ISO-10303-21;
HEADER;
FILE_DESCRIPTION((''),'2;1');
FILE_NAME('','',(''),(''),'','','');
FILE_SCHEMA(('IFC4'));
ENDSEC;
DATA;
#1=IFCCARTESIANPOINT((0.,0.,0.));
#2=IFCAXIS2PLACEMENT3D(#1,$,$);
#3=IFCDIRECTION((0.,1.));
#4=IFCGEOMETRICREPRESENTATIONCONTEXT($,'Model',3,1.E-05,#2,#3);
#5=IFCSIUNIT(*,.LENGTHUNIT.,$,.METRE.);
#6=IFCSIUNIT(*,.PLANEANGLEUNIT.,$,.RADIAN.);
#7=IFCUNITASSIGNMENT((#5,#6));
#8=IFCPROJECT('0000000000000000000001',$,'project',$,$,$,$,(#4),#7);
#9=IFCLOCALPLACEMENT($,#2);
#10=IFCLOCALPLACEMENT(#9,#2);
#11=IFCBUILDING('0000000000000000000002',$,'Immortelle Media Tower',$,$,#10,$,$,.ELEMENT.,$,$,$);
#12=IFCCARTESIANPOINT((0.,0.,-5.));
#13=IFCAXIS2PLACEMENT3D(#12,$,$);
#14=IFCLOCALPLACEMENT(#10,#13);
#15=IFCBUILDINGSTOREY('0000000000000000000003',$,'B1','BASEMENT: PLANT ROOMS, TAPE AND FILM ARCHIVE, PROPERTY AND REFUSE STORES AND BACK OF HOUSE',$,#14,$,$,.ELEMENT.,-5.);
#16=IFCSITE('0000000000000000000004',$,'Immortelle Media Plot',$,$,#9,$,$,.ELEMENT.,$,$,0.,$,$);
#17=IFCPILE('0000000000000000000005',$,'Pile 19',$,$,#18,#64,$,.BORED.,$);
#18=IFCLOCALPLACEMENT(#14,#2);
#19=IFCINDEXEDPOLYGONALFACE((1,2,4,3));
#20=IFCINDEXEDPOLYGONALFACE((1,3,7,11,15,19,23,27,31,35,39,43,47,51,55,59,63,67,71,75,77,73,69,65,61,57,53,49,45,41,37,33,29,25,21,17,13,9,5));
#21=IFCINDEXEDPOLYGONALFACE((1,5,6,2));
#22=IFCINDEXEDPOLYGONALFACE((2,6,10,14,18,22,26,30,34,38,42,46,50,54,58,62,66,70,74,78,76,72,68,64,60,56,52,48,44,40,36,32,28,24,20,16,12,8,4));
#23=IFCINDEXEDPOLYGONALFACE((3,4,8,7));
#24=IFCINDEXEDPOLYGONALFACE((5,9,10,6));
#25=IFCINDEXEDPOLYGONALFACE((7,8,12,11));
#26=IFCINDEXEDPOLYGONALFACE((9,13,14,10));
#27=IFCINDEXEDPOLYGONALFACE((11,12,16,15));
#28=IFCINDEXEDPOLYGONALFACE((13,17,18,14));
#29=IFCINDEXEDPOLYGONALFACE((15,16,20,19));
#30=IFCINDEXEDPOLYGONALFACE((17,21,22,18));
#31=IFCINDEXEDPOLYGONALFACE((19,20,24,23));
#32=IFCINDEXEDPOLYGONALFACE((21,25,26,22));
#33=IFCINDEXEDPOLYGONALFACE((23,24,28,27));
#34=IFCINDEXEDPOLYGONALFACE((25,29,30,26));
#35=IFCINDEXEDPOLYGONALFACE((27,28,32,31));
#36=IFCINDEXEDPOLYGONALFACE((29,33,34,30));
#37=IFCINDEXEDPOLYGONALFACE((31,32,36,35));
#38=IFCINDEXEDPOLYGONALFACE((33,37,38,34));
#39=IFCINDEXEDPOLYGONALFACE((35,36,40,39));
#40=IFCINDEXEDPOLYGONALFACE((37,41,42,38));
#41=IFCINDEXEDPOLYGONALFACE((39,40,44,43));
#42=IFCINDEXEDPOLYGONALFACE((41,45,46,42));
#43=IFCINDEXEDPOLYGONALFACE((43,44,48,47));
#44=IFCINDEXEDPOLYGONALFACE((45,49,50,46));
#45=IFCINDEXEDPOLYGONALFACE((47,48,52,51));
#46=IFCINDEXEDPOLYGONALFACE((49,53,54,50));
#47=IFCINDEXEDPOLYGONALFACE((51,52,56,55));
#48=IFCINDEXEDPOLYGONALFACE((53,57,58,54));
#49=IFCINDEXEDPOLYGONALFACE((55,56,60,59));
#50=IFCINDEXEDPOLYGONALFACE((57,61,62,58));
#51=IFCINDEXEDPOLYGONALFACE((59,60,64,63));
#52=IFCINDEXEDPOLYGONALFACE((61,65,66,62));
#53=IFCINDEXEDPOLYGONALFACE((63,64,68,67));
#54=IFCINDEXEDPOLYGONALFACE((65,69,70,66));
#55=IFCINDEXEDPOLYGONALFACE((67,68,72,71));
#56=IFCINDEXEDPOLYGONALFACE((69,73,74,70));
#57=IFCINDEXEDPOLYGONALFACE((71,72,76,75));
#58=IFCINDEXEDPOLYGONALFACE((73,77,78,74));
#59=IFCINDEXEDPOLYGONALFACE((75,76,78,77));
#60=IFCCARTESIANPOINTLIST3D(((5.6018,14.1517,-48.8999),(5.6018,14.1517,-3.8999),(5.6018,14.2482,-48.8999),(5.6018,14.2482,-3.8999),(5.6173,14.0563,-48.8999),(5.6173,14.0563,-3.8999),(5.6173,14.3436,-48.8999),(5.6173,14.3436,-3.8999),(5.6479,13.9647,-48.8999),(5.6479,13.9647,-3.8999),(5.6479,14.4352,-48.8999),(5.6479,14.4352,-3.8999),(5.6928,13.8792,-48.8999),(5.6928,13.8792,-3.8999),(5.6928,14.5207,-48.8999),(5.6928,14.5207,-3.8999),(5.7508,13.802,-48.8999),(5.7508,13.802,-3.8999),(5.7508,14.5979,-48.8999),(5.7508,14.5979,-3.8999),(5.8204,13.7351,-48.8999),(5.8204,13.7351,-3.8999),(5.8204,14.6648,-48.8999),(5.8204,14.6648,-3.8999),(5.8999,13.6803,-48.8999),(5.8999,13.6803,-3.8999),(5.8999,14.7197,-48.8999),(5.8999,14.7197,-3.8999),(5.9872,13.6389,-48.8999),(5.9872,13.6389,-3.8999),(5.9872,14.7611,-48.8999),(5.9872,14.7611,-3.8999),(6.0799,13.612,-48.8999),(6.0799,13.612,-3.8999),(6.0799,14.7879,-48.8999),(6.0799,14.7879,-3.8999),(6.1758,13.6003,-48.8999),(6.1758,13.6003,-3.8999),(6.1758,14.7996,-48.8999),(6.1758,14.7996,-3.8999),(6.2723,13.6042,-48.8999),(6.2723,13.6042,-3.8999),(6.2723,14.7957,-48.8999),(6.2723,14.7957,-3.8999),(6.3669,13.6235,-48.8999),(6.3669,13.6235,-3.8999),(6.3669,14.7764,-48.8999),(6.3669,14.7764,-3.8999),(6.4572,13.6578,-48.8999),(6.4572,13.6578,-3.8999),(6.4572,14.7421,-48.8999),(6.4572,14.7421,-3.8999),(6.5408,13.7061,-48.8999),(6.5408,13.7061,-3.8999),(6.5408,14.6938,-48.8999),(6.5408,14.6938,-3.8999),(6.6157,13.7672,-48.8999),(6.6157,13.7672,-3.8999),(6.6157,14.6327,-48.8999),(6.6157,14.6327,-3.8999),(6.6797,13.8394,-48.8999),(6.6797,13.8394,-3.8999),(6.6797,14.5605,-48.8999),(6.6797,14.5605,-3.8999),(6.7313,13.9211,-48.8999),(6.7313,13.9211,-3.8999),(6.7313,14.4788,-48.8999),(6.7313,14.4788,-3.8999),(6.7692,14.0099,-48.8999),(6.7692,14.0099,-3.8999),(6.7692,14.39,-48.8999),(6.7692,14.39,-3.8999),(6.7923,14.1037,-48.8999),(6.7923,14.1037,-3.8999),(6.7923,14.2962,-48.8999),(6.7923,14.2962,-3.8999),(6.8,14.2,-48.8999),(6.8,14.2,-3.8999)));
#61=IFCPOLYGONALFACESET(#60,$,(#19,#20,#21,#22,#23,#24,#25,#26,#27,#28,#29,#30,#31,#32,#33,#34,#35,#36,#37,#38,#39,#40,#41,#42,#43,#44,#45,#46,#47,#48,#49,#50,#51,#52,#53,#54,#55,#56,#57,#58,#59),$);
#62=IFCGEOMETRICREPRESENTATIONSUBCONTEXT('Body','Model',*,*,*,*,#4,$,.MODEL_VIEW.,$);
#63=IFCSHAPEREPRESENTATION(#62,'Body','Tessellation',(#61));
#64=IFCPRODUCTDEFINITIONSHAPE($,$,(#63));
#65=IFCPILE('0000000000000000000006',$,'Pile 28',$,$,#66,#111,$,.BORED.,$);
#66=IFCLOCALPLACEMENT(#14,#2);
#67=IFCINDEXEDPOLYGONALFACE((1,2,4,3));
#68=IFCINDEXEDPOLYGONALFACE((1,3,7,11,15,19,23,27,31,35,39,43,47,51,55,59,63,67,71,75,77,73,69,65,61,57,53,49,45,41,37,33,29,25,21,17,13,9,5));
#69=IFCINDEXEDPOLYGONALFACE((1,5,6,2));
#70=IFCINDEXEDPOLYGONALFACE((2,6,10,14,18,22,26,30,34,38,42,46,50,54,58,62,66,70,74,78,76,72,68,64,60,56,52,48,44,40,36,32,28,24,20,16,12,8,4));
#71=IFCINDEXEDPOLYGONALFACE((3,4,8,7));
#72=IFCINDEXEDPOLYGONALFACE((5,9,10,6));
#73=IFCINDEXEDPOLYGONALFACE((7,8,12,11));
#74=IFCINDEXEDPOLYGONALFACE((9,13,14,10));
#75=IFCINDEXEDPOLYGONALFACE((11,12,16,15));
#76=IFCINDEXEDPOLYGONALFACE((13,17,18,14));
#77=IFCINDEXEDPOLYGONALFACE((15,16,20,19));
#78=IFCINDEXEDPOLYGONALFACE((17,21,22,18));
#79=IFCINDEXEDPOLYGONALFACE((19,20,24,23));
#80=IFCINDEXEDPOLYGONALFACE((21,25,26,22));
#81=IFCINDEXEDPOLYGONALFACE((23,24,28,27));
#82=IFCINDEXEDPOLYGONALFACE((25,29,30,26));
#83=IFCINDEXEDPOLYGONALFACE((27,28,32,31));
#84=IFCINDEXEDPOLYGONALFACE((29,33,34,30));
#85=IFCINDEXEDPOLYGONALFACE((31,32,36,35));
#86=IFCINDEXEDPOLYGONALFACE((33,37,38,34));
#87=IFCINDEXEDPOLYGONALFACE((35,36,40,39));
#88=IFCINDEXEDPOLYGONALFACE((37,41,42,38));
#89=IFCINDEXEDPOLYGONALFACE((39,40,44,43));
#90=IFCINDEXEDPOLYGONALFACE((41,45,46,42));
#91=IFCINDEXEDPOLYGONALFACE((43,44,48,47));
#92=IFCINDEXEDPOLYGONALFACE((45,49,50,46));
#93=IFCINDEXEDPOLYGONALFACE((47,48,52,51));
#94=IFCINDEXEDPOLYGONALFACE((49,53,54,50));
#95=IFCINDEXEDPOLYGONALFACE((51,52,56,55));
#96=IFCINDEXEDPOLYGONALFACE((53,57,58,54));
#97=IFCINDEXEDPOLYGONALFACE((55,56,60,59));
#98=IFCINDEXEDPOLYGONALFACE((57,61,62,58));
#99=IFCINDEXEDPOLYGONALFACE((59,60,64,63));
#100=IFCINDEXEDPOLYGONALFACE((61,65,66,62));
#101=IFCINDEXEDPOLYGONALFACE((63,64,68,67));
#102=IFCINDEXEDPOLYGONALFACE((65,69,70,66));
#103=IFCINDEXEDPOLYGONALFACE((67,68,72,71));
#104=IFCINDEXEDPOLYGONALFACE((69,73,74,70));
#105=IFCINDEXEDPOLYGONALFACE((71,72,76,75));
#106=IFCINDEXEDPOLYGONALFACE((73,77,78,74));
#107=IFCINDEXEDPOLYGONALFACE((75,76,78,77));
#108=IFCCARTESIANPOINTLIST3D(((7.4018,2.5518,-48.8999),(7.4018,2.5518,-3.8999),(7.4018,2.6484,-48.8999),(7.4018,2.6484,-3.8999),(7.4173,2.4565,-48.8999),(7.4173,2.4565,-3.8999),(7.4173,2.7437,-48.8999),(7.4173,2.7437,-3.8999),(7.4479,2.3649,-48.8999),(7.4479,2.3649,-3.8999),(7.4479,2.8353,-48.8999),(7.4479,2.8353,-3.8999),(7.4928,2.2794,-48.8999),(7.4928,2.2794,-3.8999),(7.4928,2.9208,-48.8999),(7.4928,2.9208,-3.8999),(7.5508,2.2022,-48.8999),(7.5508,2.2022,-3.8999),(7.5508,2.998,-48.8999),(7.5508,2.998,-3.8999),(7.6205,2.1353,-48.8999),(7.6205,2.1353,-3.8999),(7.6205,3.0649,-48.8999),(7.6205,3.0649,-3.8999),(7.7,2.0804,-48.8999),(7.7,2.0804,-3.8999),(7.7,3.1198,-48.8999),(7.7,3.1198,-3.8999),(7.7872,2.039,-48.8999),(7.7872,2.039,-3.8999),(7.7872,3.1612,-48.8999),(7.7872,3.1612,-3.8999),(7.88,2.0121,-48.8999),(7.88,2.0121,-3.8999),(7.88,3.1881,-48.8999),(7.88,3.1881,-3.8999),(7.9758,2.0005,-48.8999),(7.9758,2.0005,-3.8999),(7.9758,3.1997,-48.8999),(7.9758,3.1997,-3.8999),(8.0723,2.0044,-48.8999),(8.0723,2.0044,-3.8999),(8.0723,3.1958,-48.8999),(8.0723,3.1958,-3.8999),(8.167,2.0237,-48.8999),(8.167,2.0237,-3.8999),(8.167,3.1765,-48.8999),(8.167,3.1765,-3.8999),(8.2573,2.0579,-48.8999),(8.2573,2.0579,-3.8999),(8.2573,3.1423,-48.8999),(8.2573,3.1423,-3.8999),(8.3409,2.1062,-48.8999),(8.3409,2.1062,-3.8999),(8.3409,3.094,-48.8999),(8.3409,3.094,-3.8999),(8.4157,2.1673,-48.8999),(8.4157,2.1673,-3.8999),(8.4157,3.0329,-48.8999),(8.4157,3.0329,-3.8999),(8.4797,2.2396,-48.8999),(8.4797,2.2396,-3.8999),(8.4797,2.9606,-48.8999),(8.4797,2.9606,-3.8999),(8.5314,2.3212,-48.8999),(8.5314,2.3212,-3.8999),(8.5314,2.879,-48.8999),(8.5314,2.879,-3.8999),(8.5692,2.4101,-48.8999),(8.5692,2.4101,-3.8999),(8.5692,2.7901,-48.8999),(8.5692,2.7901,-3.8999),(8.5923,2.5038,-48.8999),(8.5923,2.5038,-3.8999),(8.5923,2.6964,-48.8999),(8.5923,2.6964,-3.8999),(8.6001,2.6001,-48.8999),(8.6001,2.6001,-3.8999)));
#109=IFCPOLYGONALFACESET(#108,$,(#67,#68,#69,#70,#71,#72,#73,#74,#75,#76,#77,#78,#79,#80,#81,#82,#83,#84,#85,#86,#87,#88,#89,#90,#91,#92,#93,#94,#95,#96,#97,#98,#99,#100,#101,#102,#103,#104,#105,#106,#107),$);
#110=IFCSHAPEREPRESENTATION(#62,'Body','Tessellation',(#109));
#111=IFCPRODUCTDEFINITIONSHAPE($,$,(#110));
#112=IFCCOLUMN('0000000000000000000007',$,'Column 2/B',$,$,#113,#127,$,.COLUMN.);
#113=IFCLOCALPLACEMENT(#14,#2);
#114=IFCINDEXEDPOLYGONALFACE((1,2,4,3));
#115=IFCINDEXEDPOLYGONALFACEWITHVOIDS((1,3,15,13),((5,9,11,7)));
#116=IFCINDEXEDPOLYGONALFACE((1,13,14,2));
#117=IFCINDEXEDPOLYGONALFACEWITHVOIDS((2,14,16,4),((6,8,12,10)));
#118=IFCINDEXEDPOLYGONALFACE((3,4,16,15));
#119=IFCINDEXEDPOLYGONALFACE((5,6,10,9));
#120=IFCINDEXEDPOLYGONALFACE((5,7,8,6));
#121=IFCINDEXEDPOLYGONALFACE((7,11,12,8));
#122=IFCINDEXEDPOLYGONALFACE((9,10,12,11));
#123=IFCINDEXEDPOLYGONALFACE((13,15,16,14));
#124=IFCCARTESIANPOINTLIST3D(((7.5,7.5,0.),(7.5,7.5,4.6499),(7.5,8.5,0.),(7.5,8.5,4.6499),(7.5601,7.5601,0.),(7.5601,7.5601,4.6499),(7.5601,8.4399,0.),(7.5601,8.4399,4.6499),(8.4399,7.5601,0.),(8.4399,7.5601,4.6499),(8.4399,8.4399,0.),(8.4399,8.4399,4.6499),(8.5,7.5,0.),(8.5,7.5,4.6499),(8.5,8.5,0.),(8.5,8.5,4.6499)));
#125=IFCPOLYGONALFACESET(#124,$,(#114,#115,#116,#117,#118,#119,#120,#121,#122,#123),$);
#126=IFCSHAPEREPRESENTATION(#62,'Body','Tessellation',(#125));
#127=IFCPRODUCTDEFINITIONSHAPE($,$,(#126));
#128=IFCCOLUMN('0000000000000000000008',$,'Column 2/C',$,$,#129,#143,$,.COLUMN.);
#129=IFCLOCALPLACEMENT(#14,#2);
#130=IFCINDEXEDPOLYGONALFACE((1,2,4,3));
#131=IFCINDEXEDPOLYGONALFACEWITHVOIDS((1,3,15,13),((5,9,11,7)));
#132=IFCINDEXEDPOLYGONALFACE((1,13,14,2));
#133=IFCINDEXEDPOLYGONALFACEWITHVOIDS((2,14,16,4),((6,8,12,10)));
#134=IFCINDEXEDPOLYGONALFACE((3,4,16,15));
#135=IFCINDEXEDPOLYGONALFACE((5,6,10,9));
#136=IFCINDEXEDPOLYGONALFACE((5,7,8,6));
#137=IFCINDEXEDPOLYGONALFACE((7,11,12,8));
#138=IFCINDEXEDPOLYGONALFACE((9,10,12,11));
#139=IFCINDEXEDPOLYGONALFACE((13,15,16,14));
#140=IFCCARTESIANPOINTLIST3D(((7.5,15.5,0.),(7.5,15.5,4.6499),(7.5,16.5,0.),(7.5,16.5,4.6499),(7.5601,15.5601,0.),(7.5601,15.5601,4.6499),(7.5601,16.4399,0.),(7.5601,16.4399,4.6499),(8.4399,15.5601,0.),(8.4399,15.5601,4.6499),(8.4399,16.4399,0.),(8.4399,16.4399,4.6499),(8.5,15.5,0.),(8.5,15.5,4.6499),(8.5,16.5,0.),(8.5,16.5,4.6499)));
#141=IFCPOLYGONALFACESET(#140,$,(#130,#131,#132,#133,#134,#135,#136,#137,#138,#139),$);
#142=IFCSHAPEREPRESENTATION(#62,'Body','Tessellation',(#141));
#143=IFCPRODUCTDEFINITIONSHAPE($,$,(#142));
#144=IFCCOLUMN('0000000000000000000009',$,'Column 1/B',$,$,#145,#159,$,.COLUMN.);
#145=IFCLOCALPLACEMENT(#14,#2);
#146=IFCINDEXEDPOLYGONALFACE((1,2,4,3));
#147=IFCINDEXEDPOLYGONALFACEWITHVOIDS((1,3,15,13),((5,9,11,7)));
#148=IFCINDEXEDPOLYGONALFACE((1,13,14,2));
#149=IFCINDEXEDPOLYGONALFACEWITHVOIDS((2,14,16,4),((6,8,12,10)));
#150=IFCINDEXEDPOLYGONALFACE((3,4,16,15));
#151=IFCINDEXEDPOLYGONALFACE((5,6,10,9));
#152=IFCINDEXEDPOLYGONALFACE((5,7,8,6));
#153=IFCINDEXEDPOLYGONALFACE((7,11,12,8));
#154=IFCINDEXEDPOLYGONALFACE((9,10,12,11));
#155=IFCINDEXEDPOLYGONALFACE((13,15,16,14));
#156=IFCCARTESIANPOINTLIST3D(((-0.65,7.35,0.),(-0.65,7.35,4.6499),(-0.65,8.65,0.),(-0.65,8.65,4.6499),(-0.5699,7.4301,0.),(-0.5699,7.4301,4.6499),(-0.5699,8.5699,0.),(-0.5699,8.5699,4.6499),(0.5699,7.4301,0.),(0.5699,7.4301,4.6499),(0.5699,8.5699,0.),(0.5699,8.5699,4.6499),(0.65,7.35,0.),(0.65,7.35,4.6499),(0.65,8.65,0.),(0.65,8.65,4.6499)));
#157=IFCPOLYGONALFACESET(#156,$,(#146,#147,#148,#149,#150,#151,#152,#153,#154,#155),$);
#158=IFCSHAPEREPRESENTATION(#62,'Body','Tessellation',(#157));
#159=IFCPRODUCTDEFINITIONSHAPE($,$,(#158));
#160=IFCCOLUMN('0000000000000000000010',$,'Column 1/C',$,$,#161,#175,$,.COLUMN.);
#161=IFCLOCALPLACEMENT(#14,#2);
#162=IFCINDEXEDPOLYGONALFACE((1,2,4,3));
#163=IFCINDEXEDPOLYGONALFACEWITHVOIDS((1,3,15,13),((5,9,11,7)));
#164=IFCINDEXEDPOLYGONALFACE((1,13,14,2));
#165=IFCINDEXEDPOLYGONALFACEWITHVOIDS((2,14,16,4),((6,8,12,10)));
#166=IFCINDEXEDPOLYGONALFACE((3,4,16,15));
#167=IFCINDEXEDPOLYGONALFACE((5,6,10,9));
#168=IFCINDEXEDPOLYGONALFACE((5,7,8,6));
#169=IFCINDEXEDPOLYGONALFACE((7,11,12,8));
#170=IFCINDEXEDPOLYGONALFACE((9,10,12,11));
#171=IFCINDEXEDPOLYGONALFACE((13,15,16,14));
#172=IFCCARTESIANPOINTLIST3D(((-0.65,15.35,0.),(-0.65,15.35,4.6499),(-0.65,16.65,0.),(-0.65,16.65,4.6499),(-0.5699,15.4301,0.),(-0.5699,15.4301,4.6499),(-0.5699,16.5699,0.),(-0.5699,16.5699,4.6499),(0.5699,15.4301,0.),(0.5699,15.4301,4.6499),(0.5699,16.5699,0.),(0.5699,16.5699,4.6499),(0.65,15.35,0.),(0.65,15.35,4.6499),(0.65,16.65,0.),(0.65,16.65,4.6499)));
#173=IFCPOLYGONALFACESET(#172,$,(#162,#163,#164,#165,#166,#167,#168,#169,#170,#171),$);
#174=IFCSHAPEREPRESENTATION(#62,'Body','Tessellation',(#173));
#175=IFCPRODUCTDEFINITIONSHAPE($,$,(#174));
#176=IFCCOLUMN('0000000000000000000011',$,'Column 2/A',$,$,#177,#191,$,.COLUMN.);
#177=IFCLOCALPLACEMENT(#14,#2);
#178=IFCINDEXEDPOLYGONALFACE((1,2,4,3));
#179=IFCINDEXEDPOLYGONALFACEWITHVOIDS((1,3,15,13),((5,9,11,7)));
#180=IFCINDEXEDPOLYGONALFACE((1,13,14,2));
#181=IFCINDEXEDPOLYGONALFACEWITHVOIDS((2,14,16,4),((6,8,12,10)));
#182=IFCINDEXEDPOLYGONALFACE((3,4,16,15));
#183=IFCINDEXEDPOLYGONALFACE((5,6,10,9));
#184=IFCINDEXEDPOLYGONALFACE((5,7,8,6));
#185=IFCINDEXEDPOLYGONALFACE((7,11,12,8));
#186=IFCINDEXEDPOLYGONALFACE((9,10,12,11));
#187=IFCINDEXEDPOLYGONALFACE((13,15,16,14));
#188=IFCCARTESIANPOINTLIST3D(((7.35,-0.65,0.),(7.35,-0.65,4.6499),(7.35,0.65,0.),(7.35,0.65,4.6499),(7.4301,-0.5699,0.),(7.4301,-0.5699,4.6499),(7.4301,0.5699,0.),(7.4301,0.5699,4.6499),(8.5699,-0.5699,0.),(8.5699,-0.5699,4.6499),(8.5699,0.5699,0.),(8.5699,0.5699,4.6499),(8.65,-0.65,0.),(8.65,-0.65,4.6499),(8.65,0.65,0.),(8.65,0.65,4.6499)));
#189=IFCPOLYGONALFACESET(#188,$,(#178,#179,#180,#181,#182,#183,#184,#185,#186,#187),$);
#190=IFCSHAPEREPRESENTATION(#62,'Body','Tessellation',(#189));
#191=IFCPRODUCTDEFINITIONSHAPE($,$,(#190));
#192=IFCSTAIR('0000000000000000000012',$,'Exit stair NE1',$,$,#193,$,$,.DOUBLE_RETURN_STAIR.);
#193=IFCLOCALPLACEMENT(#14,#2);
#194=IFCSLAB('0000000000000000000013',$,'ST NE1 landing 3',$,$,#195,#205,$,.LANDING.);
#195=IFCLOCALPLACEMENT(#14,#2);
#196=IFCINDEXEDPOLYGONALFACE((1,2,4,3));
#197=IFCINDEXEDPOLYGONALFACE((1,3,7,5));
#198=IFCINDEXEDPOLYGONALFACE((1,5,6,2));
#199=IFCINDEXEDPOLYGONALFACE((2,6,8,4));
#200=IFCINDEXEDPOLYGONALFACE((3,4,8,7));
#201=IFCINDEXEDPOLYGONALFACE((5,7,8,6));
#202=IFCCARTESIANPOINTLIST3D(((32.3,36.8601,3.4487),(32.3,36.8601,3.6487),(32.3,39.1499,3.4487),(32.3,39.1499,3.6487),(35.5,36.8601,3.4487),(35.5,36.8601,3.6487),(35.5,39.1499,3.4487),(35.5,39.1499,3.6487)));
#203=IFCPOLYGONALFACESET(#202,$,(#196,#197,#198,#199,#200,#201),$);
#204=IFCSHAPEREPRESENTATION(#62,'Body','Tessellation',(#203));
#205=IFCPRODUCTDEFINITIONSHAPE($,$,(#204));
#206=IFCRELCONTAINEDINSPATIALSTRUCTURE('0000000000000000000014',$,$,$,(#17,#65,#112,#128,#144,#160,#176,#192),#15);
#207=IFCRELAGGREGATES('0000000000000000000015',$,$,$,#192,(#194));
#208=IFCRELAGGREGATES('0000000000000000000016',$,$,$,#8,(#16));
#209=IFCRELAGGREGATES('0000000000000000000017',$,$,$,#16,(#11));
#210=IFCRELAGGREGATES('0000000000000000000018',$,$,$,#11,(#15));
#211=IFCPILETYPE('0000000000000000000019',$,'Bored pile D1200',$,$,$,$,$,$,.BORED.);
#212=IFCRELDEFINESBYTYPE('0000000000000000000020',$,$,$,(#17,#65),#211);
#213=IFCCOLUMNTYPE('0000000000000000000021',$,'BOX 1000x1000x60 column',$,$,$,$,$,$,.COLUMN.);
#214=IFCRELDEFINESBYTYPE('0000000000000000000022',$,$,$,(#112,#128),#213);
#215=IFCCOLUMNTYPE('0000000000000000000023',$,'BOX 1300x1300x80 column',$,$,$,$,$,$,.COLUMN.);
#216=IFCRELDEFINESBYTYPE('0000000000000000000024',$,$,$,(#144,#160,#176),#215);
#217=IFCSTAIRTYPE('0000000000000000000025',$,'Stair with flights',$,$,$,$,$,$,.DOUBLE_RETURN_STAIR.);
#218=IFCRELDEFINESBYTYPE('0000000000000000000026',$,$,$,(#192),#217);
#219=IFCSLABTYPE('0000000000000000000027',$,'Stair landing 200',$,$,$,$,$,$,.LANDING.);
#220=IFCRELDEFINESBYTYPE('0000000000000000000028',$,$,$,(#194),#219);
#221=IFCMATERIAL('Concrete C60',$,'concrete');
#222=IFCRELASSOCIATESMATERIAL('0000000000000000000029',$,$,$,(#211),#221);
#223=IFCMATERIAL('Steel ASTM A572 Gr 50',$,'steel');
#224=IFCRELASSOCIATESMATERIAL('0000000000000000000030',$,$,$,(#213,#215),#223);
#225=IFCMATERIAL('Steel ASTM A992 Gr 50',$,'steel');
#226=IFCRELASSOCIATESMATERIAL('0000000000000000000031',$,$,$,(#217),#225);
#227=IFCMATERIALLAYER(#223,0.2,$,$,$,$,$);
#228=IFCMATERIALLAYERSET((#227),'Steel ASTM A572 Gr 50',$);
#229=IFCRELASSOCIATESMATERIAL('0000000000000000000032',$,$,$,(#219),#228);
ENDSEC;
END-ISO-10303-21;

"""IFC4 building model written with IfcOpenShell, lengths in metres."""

from ifc_helpers import new_model, si_unit, direction, frame, origin, origin_2d, place, context, subcontext, project, spatial, polyline, hollow_rectangle, circle, outline, extrude, material, layer, layer_set, material_profile, profile_set, type_object, element, aggregate, save


model = new_model("IFC4")

# Units and contexts
model_context = context("Model", 3, precision=1e-05, world=origin(), true_north=direction((0.0, 1.0)))
body_context = subcontext(model_context, "Body", "Model", "MODEL_VIEW")
ifc_project = project(units=[si_unit("LENGTHUNIT", "METRE"), si_unit("PLANEANGLEUNIT", "RADIAN")], contexts=[model_context])

# Site, building, storey
site_placement = place(None, origin())
site = spatial("IfcSite", under=ifc_project, at=site_placement, Name="Immortelle Media Plot", CompositionType="ELEMENT", RefElevation=0.0)
building_placement = place(site_placement, origin())
building = spatial("IfcBuilding", under=site, at=building_placement, Name="Immortelle Media Tower", CompositionType="ELEMENT")
storey_placement = place(building_placement, frame((0.0, 0.0, -5.0)))
storey = spatial("IfcBuildingStorey", under=building, at=storey_placement, Name="B1", Description="BASEMENT: PLANT ROOMS, TAPE AND FILM ARCHIVE, PROPERTY AND REFUSE STORES AND BACK OF HOUSE", CompositionType="ELEMENT", Elevation=-5.0)

# Piles
ifc_material_1 = material(Name="Concrete C60", Category="concrete")
ifc_material_profile_1 = material_profile(ifc_material_1, circle(Radius=0.6001, at=origin_2d()), Name="Bored pile D1200")
ifc_profile_set_1 = profile_set([ifc_material_profile_1], Name="Concrete C60")
pile_type = type_object("IfcPileType", Name="Bored pile D1200", PredefinedType="BORED", material=ifc_profile_set_1)
for number, where, z_axis, x_axis, name in (
    (1, (6.2, 14.2, -3.8999), (0.0, 0.0, -1.0), (1.0, 0.0, 0.0), "Pile 19"),
    (2, (8.0, 2.6001, -3.8999), (0.0, 0.0, -1.0), (1.0, 0.0, 0.0), "Pile 28"),
):
    element("IfcPile", number, at=place(storey_placement, frame(where, z_axis=z_axis, x_axis=x_axis)), inside=storey, type_object=pile_type, Name=name, PredefinedType="BORED", context=body_context, shape_type="SweptSolid", body=[
        extrude(circle(Radius=0.6001, at=origin_2d()), origin(), (0.0, 0.0, 1.0), 45.0),
    ])

# Columns
ifc_material_2 = material(Name="Steel ASTM A572 Gr 50", Category="steel")
ifc_material_profile_2 = material_profile(ifc_material_2, hollow_rectangle(XDim=1.0, YDim=1.0, WallThickness=0.0601, at=origin_2d()), Name="BOX 1000x1000x60 column")
ifc_profile_set_2 = profile_set([ifc_material_profile_2], Name="Steel ASTM A572 Gr 50")
column_type_1 = type_object("IfcColumnType", Name="BOX 1000x1000x60 column", PredefinedType="COLUMN", material=ifc_profile_set_2)
for number, where, z_axis, x_axis, name in (
    (3, (8.0, 8.0, 0.0), (0.0, 0.0, 1.0), (1.0, 0.0, 0.0), "Column 2/B"),
    (4, (8.0, 16.0, 0.0), (0.0, 0.0, 1.0), (1.0, 0.0, 0.0), "Column 2/C"),
):
    element("IfcColumn", number, at=place(storey_placement, frame(where, z_axis=z_axis, x_axis=x_axis)), inside=storey, type_object=column_type_1, Name=name, PredefinedType="COLUMN", context=body_context, shape_type="SweptSolid", body=[
        extrude(hollow_rectangle(XDim=1.0, YDim=1.0, WallThickness=0.0601, at=origin_2d()), origin(), (0.0, 0.0, 1.0), 4.6499),
    ])
ifc_material_profile_3 = material_profile(ifc_material_2, hollow_rectangle(XDim=1.3, YDim=1.3, WallThickness=0.0801, at=origin_2d()), Name="BOX 1300x1300x80 column")
ifc_profile_set_3 = profile_set([ifc_material_profile_3], Name="Steel ASTM A572 Gr 50")
column_type_2 = type_object("IfcColumnType", Name="BOX 1300x1300x80 column", PredefinedType="COLUMN", material=ifc_profile_set_3)
for number, where, z_axis, x_axis, name in (
    (5, (0.0, 8.0, 0.0), (0.0, 0.0, 1.0), (1.0, 0.0, 0.0), "Column 1/B"),
    (6, (0.0, 16.0, 0.0), (0.0, 0.0, 1.0), (1.0, 0.0, 0.0), "Column 1/C"),
    (7, (8.0, 0.0, 0.0), (0.0, 0.0, 1.0), (1.0, 0.0, 0.0), "Column 2/A"),
):
    element("IfcColumn", number, at=place(storey_placement, frame(where, z_axis=z_axis, x_axis=x_axis)), inside=storey, type_object=column_type_2, Name=name, PredefinedType="COLUMN", context=body_context, shape_type="SweptSolid", body=[
        extrude(hollow_rectangle(XDim=1.3, YDim=1.3, WallThickness=0.0801, at=origin_2d()), origin(), (0.0, 0.0, 1.0), 4.6499),
    ])

# Stair, slab
ifc_material_3 = material(Name="Steel ASTM A992 Gr 50", Category="steel")
stair_type = type_object("IfcStairType", Name="Stair with flights", PredefinedType="DOUBLE_RETURN_STAIR", material=ifc_material_3)
stair_1_placement = place(storey_placement, origin())
stair_1 = element("IfcStair", 8, at=stair_1_placement, inside=storey, type_object=stair_type, Name="Exit stair NE1", PredefinedType="DOUBLE_RETURN_STAIR")
ifc_layer_1 = layer(ifc_material_2, 0.2)
ifc_layer_set_1 = layer_set([ifc_layer_1], Name="Steel ASTM A572 Gr 50")
slab_type = type_object("IfcSlabType", Name="Stair landing 200", PredefinedType="LANDING", material=ifc_layer_set_1)
slab_1_placement = place(storey_placement, frame((0.0, 0.0, 3.4487)))
slab_1 = element("IfcSlab", 9, at=slab_1_placement, type_object=slab_type, Name="ST NE1 landing 3", PredefinedType="LANDING", context=body_context, shape_type="SweptSolid", body=[
    extrude(outline(polyline([(32.3, 36.8601), (35.5, 36.8601), (35.5, 39.1499), (32.3, 39.1499), (32.3, 36.8601)])), origin(), (0.0, 0.0, 1.0), 0.2),
])
aggregate(stair_1, [slab_1])

save(model, "model.ifc")
